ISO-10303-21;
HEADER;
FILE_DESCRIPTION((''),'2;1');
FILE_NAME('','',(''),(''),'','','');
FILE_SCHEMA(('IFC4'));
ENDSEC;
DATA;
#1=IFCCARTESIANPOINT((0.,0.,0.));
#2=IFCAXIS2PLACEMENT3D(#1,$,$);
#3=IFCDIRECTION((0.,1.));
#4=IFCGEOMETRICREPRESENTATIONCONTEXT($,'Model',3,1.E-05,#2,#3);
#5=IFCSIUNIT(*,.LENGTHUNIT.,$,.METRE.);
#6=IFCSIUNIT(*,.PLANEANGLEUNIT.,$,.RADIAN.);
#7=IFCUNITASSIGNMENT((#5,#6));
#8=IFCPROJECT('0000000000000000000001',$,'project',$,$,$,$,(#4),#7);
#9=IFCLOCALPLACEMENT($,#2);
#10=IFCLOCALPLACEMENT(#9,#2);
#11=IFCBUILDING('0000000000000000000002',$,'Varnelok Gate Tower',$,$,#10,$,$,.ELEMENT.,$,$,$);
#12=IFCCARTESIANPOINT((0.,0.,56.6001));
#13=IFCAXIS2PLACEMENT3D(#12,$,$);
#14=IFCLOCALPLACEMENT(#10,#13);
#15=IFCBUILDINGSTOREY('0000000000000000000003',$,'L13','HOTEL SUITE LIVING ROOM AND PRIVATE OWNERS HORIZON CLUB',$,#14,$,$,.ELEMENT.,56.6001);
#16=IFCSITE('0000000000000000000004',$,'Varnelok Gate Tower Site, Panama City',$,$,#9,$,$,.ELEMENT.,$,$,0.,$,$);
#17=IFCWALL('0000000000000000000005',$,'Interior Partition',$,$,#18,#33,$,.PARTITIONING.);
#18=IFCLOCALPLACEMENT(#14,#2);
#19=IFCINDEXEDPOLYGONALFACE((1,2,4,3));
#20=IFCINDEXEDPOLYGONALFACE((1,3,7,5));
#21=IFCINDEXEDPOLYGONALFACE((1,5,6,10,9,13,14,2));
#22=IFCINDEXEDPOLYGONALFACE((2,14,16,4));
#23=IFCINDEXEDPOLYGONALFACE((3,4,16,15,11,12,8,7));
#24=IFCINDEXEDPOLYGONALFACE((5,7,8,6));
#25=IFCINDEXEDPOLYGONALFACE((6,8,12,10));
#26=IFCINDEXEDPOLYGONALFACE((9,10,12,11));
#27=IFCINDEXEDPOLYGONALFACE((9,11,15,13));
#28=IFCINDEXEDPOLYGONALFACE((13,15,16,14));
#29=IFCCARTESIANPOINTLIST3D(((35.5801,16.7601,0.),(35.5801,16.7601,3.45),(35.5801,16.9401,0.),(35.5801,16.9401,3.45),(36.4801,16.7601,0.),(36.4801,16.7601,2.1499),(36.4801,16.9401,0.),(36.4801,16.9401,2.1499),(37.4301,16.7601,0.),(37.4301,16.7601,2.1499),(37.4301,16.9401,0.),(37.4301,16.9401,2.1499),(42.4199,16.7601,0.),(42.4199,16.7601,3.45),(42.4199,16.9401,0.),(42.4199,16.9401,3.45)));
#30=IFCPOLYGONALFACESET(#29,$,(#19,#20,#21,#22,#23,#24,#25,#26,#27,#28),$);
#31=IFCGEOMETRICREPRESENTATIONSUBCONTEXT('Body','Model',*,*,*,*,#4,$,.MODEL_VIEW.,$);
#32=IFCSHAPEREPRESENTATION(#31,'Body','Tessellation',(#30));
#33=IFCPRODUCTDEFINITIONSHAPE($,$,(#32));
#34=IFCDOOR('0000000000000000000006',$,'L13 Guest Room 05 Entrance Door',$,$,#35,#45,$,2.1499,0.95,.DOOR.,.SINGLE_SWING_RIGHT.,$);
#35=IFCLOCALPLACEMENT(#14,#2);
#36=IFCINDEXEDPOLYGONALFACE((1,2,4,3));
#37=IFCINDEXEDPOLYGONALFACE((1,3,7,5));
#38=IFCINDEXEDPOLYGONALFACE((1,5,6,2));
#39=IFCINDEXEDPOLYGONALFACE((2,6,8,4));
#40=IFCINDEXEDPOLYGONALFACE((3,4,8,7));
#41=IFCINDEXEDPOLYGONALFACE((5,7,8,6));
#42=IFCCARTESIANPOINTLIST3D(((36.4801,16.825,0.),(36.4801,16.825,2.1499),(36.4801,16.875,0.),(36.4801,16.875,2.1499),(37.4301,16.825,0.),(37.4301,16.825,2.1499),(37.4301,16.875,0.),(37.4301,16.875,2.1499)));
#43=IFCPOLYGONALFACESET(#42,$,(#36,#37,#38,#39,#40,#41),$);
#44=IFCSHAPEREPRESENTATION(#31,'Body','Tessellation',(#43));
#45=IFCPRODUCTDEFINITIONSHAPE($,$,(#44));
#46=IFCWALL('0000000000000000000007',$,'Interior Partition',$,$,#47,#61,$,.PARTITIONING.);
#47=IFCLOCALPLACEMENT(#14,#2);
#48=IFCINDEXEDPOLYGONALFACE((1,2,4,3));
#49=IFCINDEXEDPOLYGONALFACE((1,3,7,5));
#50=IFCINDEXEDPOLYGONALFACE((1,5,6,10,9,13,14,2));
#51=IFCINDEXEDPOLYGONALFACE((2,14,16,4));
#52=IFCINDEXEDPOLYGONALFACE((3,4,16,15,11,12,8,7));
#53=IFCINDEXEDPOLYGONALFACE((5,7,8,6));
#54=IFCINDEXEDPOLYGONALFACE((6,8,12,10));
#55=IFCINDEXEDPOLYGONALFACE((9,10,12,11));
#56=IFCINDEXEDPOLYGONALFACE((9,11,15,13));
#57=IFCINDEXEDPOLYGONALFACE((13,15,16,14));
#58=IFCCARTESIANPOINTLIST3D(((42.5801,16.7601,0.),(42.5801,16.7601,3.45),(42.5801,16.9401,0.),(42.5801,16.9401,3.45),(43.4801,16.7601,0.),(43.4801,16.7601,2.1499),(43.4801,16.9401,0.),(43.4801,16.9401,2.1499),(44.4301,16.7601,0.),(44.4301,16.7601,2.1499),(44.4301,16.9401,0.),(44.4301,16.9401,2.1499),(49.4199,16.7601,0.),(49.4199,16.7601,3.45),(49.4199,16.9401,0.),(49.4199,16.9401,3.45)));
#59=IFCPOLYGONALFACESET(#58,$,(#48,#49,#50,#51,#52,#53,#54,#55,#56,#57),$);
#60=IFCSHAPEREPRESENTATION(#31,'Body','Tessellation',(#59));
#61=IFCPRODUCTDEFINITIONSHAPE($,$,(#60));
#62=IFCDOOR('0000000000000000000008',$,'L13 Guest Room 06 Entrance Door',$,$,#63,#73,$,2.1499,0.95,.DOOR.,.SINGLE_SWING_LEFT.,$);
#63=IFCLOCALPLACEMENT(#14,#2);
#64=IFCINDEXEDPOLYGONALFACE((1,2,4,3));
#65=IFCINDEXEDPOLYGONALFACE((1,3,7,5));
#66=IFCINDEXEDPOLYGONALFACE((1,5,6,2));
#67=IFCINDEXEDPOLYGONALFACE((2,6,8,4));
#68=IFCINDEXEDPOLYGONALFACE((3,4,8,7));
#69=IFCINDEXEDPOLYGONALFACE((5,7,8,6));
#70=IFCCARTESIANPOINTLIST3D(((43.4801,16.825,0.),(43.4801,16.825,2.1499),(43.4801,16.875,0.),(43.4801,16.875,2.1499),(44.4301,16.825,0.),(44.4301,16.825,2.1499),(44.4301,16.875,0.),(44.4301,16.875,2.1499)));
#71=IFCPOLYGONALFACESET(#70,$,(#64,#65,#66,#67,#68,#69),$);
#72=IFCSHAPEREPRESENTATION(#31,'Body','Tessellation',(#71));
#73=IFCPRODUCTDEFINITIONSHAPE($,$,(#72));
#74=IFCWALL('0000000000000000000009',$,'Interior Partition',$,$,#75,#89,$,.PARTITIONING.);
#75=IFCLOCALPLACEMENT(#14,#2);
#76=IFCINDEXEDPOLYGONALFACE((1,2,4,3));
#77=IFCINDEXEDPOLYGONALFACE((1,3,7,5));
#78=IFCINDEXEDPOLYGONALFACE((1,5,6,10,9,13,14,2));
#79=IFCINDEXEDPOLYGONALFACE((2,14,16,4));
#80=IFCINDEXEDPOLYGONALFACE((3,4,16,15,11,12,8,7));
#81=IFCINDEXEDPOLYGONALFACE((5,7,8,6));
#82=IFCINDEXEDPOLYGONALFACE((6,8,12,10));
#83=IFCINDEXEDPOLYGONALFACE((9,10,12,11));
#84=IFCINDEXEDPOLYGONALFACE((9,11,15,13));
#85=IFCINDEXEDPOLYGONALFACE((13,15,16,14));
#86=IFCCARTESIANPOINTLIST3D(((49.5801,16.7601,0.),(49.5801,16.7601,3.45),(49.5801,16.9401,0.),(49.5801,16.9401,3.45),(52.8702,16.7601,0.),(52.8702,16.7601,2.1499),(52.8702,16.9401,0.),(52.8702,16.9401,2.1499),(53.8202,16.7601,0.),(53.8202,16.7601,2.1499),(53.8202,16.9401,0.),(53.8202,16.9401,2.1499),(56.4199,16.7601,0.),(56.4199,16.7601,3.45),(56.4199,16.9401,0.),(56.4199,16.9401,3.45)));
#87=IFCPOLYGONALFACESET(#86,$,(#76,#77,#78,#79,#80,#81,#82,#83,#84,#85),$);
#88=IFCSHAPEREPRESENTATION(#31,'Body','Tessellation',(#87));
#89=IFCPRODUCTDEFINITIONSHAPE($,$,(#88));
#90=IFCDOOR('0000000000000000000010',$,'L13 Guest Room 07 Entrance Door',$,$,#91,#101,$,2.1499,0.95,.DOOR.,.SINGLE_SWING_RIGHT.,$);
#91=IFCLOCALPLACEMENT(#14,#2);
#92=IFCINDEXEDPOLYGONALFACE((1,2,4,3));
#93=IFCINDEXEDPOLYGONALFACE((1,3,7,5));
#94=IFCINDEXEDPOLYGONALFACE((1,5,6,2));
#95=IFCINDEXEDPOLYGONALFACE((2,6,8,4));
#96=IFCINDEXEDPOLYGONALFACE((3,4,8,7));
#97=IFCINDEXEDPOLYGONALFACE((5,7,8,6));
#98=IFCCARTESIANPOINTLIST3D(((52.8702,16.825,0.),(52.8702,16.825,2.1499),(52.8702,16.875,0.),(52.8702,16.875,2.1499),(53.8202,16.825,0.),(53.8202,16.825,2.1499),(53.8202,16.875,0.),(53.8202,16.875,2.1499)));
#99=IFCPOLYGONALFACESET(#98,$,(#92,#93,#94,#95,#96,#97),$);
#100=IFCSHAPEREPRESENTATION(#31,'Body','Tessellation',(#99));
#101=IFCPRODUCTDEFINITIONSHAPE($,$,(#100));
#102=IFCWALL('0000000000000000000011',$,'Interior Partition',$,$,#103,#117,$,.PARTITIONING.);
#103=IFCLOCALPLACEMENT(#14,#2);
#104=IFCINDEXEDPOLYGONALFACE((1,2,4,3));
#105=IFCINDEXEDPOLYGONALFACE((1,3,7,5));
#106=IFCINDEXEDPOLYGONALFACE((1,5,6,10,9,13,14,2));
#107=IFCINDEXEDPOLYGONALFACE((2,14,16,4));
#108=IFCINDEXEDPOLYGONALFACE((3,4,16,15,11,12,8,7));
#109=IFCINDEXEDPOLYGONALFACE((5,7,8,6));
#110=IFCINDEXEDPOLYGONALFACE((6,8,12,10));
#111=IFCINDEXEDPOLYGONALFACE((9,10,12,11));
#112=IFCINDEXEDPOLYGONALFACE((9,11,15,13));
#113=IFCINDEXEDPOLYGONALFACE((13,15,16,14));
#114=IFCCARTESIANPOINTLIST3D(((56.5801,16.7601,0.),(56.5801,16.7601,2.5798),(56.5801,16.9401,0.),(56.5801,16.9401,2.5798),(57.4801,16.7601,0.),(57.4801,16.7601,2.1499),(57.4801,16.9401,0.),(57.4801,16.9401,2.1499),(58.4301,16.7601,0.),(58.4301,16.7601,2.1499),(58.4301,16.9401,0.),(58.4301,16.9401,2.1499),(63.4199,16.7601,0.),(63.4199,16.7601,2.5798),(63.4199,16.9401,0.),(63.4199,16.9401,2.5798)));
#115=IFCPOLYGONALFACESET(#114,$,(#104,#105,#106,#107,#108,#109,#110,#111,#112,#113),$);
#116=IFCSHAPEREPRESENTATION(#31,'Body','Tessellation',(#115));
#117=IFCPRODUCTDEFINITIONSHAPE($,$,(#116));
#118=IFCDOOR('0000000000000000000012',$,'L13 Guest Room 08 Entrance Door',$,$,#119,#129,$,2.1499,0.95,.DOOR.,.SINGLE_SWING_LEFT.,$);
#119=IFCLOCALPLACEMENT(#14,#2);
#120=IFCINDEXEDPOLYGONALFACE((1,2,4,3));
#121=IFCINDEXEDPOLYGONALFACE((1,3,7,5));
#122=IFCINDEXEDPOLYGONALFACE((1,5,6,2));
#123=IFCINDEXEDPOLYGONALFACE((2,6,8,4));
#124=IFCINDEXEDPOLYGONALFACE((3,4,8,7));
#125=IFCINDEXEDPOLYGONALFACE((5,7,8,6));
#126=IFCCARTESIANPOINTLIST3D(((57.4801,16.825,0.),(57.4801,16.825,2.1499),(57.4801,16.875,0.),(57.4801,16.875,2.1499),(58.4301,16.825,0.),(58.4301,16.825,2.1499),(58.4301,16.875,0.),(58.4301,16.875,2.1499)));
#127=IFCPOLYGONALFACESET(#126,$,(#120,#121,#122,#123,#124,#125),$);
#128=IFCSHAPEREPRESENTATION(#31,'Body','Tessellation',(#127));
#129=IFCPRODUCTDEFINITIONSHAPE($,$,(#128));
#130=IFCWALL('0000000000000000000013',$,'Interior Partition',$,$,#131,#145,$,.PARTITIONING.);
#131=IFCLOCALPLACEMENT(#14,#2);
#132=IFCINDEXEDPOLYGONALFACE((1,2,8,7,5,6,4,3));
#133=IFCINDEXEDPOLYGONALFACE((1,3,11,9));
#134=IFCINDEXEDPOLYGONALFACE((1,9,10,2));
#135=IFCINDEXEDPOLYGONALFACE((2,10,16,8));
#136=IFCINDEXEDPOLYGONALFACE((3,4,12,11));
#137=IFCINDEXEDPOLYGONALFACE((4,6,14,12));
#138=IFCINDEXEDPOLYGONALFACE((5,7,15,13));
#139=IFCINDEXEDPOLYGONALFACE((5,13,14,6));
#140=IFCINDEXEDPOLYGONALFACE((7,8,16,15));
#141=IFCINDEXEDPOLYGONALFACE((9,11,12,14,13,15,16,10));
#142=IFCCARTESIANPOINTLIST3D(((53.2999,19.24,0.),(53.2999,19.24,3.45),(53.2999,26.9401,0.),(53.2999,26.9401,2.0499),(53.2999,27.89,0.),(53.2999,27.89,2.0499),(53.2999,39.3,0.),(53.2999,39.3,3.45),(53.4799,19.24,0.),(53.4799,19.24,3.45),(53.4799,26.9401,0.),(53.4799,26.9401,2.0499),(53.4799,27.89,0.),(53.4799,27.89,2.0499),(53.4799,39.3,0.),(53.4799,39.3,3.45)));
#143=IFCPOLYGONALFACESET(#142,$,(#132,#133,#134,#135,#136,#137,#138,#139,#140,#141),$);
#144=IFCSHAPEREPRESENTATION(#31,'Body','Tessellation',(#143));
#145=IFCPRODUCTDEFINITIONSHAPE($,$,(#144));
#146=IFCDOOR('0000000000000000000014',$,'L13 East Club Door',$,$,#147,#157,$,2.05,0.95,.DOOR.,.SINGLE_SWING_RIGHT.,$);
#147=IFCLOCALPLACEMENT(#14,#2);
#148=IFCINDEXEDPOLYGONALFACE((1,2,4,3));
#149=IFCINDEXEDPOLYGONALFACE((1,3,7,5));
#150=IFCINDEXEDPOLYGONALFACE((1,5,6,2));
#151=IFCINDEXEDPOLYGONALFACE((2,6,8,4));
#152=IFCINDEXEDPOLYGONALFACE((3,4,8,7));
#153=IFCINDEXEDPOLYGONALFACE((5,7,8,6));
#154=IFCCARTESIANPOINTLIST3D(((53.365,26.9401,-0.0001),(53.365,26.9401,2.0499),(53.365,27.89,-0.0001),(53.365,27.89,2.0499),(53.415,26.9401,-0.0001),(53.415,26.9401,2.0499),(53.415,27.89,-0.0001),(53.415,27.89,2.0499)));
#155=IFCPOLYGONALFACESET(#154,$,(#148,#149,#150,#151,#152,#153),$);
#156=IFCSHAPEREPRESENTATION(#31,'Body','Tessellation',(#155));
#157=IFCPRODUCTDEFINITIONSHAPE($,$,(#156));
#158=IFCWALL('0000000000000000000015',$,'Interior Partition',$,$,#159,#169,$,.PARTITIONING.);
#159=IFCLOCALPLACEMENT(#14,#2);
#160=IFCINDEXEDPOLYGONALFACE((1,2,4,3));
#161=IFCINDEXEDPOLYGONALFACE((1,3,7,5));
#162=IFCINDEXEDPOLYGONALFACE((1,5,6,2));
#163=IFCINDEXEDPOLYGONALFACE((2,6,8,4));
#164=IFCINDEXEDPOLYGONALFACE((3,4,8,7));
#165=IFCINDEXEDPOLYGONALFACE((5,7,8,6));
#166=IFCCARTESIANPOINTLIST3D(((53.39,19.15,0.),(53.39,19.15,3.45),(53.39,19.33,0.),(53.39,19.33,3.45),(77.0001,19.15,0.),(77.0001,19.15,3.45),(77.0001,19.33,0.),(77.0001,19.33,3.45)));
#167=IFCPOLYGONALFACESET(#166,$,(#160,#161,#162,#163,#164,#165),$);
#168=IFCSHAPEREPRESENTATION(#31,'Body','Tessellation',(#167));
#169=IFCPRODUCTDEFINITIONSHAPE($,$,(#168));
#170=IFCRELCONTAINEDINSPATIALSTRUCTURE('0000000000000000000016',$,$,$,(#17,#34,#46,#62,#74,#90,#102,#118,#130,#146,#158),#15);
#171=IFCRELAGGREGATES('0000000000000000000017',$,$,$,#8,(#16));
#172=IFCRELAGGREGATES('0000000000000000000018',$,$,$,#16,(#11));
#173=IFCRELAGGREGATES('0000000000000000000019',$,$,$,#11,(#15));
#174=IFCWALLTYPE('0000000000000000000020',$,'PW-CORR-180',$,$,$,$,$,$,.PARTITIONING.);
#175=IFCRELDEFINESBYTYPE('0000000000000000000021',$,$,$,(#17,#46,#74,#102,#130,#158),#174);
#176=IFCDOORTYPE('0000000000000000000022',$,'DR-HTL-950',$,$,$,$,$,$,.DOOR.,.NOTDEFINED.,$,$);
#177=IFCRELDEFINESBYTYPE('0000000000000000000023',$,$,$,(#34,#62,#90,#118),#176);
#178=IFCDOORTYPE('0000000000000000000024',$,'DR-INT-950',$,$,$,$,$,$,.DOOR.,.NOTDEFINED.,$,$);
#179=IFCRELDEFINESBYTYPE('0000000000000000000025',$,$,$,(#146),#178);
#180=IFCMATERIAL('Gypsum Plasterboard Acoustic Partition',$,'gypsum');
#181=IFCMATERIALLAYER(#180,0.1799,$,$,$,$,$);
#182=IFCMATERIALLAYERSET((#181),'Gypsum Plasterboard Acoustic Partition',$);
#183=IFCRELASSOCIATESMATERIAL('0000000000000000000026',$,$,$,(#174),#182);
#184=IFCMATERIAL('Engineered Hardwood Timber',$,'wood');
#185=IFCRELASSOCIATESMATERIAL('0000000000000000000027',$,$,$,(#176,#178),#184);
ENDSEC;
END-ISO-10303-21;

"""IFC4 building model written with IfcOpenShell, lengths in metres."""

from ifc_helpers import new_model, si_unit, direction, frame, frame_2d, origin, place, context, subcontext, project, spatial, rectangle, extrude, material, layer, layer_set, type_object, element, fill, save


model = new_model("IFC4")

# Units and contexts
model_context = context("Model", 3, precision=1e-05, world=origin(), true_north=direction((0.0, 1.0)))
body_context = subcontext(model_context, "Body", "Model", "MODEL_VIEW")
ifc_project = project(units=[si_unit("LENGTHUNIT", "METRE"), si_unit("PLANEANGLEUNIT", "RADIAN")], contexts=[model_context])

# Site, building, storey
site_placement = place(None, origin())
site = spatial("IfcSite", under=ifc_project, at=site_placement, Name="Varnelok Gate Tower Site, Panama City", CompositionType="ELEMENT", RefElevation=0.0)
building_placement = place(site_placement, origin())
building = spatial("IfcBuilding", under=site, at=building_placement, Name="Varnelok Gate Tower", CompositionType="ELEMENT")
storey_placement = place(building_placement, frame((0.0, 0.0, 56.6001)))
storey = spatial("IfcBuildingStorey", under=building, at=storey_placement, Name="L13", Description="HOTEL SUITE LIVING ROOM AND PRIVATE OWNERS HORIZON CLUB", CompositionType="ELEMENT", Elevation=56.6001)

# Walls, openings, doors
ifc_material_1 = material(Name="Gypsum Plasterboard Acoustic Partition", Category="gypsum")
ifc_layer_1 = layer(ifc_material_1, 0.1799)
ifc_layer_set_1 = layer_set([ifc_layer_1], Name="Gypsum Plasterboard Acoustic Partition")
wall_type_1 = type_object("IfcWallType", Name="PW-CORR-180", PredefinedType="PARTITIONING", material=ifc_layer_set_1)
wall_1_placement = place(storey_placement, frame((35.5801, 16.8501, 0.0), z_axis=(0.0, 0.0, 1.0), x_axis=(1.0, 0.0, 0.0)))
wall_1 = element("IfcWall", 1, at=wall_1_placement, inside=storey, type_object=wall_type_1, Name="Interior Partition", PredefinedType="PARTITIONING", context=body_context, shape_type="SweptSolid", body=[
    extrude(rectangle(XDim=6.8398, YDim=0.1799, at=frame_2d((3.4199, 0.0))), origin(), (0.0, 0.0, 1.0), 3.45),
])
opening_1_placement = place(wall_1_placement, frame((0.8999, 0.0, 0.0)))
opening_1 = element("IfcOpeningElement", 2, at=opening_1_placement, cuts=wall_1, PredefinedType="OPENING", context=body_context, shape_type="SweptSolid", body=[
    extrude(rectangle(XDim=0.95, YDim=2.1499, at=frame_2d((0.4751, 1.075))), frame((0.0, 0.0999, 0.0), z_axis=(0.0, -1.0, 0.0), x_axis=(1.0, 0.0, 0.0)), (0.0, 0.0, 1.0), 0.2),
])
ifc_material_2 = material(Name="Engineered Hardwood Timber", Category="wood")
door_type_1 = type_object("IfcDoorType", Name="DR-HTL-950", OperationType="NOTDEFINED", PredefinedType="DOOR", material=ifc_material_2)
door_1_placement = place(opening_1_placement, origin())
door_1 = element("IfcDoor", 3, at=door_1_placement, inside=storey, type_object=door_type_1, Name="L13 Guest Room 05 Entrance Door", OperationType="SINGLE_SWING_RIGHT", OverallHeight=2.1499, OverallWidth=0.95, PredefinedType="DOOR", context=body_context, shape_type="SweptSolid", body=[
    extrude(rectangle(XDim=0.95, YDim=2.1499, at=frame_2d((0.4751, 1.075))), frame((0.0, 0.0249, 0.0), z_axis=(0.0, -1.0, 0.0), x_axis=(1.0, 0.0, 0.0)), (0.0, 0.0, 1.0), 0.05),
])
fill(opening_1, door_1)
wall_2_placement = place(storey_placement, frame((42.5801, 16.8501, 0.0), z_axis=(0.0, 0.0, 1.0), x_axis=(1.0, 0.0, 0.0)))
wall_2 = element("IfcWall", 4, at=wall_2_placement, inside=storey, type_object=wall_type_1, Name="Interior Partition", PredefinedType="PARTITIONING", context=body_context, shape_type="SweptSolid", body=[
    extrude(rectangle(XDim=6.8398, YDim=0.1799, at=frame_2d((3.4199, 0.0))), origin(), (0.0, 0.0, 1.0), 3.45),
])
opening_2_placement = place(wall_2_placement, frame((0.8999, 0.0, 0.0)))
opening_2 = element("IfcOpeningElement", 5, at=opening_2_placement, cuts=wall_2, PredefinedType="OPENING", context=body_context, shape_type="SweptSolid", body=[
    extrude(rectangle(XDim=0.95, YDim=2.1499, at=frame_2d((0.4751, 1.075))), frame((0.0, 0.0999, 0.0), z_axis=(0.0, -1.0, 0.0), x_axis=(1.0, 0.0, 0.0)), (0.0, 0.0, 1.0), 0.2),
])
door_2_placement = place(opening_2_placement, origin())
door_2 = element("IfcDoor", 6, at=door_2_placement, inside=storey, type_object=door_type_1, Name="L13 Guest Room 06 Entrance Door", OperationType="SINGLE_SWING_LEFT", OverallHeight=2.1499, OverallWidth=0.95, PredefinedType="DOOR", context=body_context, shape_type="SweptSolid", body=[
    extrude(rectangle(XDim=0.95, YDim=2.1499, at=frame_2d((0.4751, 1.075))), frame((0.0, 0.0249, 0.0), z_axis=(0.0, -1.0, 0.0), x_axis=(1.0, 0.0, 0.0)), (0.0, 0.0, 1.0), 0.05),
])
fill(opening_2, door_2)
wall_3_placement = place(storey_placement, frame((49.5801, 16.8501, 0.0), z_axis=(0.0, 0.0, 1.0), x_axis=(1.0, 0.0, 0.0)))
wall_3 = element("IfcWall", 7, at=wall_3_placement, inside=storey, type_object=wall_type_1, Name="Interior Partition", PredefinedType="PARTITIONING", context=body_context, shape_type="SweptSolid", body=[
    extrude(rectangle(XDim=6.8398, YDim=0.1799, at=frame_2d((3.4199, 0.0))), origin(), (0.0, 0.0, 1.0), 3.45),
])
opening_3_placement = place(wall_3_placement, frame((3.29, 0.0, 0.0)))
opening_3 = element("IfcOpeningElement", 8, at=opening_3_placement, cuts=wall_3, PredefinedType="OPENING", context=body_context, shape_type="SweptSolid", body=[
    extrude(rectangle(XDim=0.95, YDim=2.1499, at=frame_2d((0.4751, 1.075))), frame((0.0, 0.0999, 0.0), z_axis=(0.0, -1.0, 0.0), x_axis=(1.0, 0.0, 0.0)), (0.0, 0.0, 1.0), 0.2),
])
door_3_placement = place(opening_3_placement, origin())
door_3 = element("IfcDoor", 9, at=door_3_placement, inside=storey, type_object=door_type_1, Name="L13 Guest Room 07 Entrance Door", OperationType="SINGLE_SWING_RIGHT", OverallHeight=2.1499, OverallWidth=0.95, PredefinedType="DOOR", context=body_context, shape_type="SweptSolid", body=[
    extrude(rectangle(XDim=0.95, YDim=2.1499, at=frame_2d((0.4751, 1.075))), frame((0.0, 0.0249, 0.0), z_axis=(0.0, -1.0, 0.0), x_axis=(1.0, 0.0, 0.0)), (0.0, 0.0, 1.0), 0.05),
])
fill(opening_3, door_3)
wall_4_placement = place(storey_placement, frame((56.5801, 16.8501, 0.0), z_axis=(0.0, 0.0, 1.0), x_axis=(1.0, 0.0, 0.0)))
wall_4 = element("IfcWall", 10, at=wall_4_placement, inside=storey, type_object=wall_type_1, Name="Interior Partition", PredefinedType="PARTITIONING", context=body_context, shape_type="SweptSolid", body=[
    extrude(rectangle(XDim=6.8398, YDim=0.1799, at=frame_2d((3.4199, 0.0))), origin(), (0.0, 0.0, 1.0), 2.5798),
])
opening_4_placement = place(wall_4_placement, frame((0.8999, 0.0, 0.0)))
opening_4 = element("IfcOpeningElement", 11, at=opening_4_placement, cuts=wall_4, PredefinedType="OPENING", context=body_context, shape_type="SweptSolid", body=[
    extrude(rectangle(XDim=0.95, YDim=2.1499, at=frame_2d((0.4751, 1.075))), frame((0.0, 0.0999, 0.0), z_axis=(0.0, -1.0, 0.0), x_axis=(1.0, 0.0, 0.0)), (0.0, 0.0, 1.0), 0.2),
])
door_4_placement = place(opening_4_placement, origin())
door_4 = element("IfcDoor", 12, at=door_4_placement, inside=storey, type_object=door_type_1, Name="L13 Guest Room 08 Entrance Door", OperationType="SINGLE_SWING_LEFT", OverallHeight=2.1499, OverallWidth=0.95, PredefinedType="DOOR", context=body_context, shape_type="SweptSolid", body=[
    extrude(rectangle(XDim=0.95, YDim=2.1499, at=frame_2d((0.4751, 1.075))), frame((0.0, 0.0249, 0.0), z_axis=(0.0, -1.0, 0.0), x_axis=(1.0, 0.0, 0.0)), (0.0, 0.0, 1.0), 0.05),
])
fill(opening_4, door_4)
wall_5_placement = place(storey_placement, frame((53.3899, 19.24, 0.0), z_axis=(0.0, 0.0, 1.0), x_axis=(0.0, 1.0, 0.0)))
wall_5 = element("IfcWall", 13, at=wall_5_placement, inside=storey, type_object=wall_type_1, Name="Interior Partition", PredefinedType="PARTITIONING", context=body_context, shape_type="SweptSolid", body=[
    extrude(rectangle(XDim=20.0601, YDim=0.1799, at=frame_2d((10.03, 0.0))), origin(), (0.0, 0.0, 1.0), 3.45),
])
opening_5_placement = place(wall_5_placement, frame((7.7, 0.0, 0.0)))
opening_5 = element("IfcOpeningElement", 14, at=opening_5_placement, cuts=wall_5, PredefinedType="OPENING", context=body_context, shape_type="SweptSolid", body=[
    extrude(rectangle(XDim=0.95, YDim=2.05, at=frame_2d((0.4751, 1.0249))), frame((0.0, 0.0999, 0.0), z_axis=(0.0, -1.0, 0.0), x_axis=(1.0, 0.0, 0.0)), (0.0, 0.0, 1.0), 0.2),
])
door_type_2 = type_object("IfcDoorType", Name="DR-INT-950", OperationType="NOTDEFINED", PredefinedType="DOOR", material=ifc_material_2)
door_5_placement = place(opening_5_placement, origin())
door_5 = element("IfcDoor", 15, at=door_5_placement, inside=storey, type_object=door_type_2, Name="L13 East Club Door", OperationType="SINGLE_SWING_RIGHT", OverallHeight=2.05, OverallWidth=0.95, PredefinedType="DOOR", context=body_context, shape_type="SweptSolid", body=[
    extrude(rectangle(XDim=0.95, YDim=2.05, at=frame_2d((0.4751, 1.0249))), frame((0.0, 0.0249, 0.0), z_axis=(0.0, -1.0, 0.0), x_axis=(1.0, 0.0, 0.0)), (0.0, 0.0, 1.0), 0.05),
])
fill(opening_5, door_5)

# Wall
wall_6_placement = place(storey_placement, frame((53.3899, 19.24, 0.0), z_axis=(0.0, 0.0, 1.0), x_axis=(1.0, 0.0, 0.0)))
element("IfcWall", 16, at=wall_6_placement, inside=storey, type_object=wall_type_1, Name="Interior Partition", PredefinedType="PARTITIONING", context=body_context, shape_type="SweptSolid", body=[
    extrude(rectangle(XDim=23.6101, YDim=0.1799, at=frame_2d((11.8052, 0.0))), origin(), (0.0, 0.0, 1.0), 3.45),
])

save(model, "model.ifc")
